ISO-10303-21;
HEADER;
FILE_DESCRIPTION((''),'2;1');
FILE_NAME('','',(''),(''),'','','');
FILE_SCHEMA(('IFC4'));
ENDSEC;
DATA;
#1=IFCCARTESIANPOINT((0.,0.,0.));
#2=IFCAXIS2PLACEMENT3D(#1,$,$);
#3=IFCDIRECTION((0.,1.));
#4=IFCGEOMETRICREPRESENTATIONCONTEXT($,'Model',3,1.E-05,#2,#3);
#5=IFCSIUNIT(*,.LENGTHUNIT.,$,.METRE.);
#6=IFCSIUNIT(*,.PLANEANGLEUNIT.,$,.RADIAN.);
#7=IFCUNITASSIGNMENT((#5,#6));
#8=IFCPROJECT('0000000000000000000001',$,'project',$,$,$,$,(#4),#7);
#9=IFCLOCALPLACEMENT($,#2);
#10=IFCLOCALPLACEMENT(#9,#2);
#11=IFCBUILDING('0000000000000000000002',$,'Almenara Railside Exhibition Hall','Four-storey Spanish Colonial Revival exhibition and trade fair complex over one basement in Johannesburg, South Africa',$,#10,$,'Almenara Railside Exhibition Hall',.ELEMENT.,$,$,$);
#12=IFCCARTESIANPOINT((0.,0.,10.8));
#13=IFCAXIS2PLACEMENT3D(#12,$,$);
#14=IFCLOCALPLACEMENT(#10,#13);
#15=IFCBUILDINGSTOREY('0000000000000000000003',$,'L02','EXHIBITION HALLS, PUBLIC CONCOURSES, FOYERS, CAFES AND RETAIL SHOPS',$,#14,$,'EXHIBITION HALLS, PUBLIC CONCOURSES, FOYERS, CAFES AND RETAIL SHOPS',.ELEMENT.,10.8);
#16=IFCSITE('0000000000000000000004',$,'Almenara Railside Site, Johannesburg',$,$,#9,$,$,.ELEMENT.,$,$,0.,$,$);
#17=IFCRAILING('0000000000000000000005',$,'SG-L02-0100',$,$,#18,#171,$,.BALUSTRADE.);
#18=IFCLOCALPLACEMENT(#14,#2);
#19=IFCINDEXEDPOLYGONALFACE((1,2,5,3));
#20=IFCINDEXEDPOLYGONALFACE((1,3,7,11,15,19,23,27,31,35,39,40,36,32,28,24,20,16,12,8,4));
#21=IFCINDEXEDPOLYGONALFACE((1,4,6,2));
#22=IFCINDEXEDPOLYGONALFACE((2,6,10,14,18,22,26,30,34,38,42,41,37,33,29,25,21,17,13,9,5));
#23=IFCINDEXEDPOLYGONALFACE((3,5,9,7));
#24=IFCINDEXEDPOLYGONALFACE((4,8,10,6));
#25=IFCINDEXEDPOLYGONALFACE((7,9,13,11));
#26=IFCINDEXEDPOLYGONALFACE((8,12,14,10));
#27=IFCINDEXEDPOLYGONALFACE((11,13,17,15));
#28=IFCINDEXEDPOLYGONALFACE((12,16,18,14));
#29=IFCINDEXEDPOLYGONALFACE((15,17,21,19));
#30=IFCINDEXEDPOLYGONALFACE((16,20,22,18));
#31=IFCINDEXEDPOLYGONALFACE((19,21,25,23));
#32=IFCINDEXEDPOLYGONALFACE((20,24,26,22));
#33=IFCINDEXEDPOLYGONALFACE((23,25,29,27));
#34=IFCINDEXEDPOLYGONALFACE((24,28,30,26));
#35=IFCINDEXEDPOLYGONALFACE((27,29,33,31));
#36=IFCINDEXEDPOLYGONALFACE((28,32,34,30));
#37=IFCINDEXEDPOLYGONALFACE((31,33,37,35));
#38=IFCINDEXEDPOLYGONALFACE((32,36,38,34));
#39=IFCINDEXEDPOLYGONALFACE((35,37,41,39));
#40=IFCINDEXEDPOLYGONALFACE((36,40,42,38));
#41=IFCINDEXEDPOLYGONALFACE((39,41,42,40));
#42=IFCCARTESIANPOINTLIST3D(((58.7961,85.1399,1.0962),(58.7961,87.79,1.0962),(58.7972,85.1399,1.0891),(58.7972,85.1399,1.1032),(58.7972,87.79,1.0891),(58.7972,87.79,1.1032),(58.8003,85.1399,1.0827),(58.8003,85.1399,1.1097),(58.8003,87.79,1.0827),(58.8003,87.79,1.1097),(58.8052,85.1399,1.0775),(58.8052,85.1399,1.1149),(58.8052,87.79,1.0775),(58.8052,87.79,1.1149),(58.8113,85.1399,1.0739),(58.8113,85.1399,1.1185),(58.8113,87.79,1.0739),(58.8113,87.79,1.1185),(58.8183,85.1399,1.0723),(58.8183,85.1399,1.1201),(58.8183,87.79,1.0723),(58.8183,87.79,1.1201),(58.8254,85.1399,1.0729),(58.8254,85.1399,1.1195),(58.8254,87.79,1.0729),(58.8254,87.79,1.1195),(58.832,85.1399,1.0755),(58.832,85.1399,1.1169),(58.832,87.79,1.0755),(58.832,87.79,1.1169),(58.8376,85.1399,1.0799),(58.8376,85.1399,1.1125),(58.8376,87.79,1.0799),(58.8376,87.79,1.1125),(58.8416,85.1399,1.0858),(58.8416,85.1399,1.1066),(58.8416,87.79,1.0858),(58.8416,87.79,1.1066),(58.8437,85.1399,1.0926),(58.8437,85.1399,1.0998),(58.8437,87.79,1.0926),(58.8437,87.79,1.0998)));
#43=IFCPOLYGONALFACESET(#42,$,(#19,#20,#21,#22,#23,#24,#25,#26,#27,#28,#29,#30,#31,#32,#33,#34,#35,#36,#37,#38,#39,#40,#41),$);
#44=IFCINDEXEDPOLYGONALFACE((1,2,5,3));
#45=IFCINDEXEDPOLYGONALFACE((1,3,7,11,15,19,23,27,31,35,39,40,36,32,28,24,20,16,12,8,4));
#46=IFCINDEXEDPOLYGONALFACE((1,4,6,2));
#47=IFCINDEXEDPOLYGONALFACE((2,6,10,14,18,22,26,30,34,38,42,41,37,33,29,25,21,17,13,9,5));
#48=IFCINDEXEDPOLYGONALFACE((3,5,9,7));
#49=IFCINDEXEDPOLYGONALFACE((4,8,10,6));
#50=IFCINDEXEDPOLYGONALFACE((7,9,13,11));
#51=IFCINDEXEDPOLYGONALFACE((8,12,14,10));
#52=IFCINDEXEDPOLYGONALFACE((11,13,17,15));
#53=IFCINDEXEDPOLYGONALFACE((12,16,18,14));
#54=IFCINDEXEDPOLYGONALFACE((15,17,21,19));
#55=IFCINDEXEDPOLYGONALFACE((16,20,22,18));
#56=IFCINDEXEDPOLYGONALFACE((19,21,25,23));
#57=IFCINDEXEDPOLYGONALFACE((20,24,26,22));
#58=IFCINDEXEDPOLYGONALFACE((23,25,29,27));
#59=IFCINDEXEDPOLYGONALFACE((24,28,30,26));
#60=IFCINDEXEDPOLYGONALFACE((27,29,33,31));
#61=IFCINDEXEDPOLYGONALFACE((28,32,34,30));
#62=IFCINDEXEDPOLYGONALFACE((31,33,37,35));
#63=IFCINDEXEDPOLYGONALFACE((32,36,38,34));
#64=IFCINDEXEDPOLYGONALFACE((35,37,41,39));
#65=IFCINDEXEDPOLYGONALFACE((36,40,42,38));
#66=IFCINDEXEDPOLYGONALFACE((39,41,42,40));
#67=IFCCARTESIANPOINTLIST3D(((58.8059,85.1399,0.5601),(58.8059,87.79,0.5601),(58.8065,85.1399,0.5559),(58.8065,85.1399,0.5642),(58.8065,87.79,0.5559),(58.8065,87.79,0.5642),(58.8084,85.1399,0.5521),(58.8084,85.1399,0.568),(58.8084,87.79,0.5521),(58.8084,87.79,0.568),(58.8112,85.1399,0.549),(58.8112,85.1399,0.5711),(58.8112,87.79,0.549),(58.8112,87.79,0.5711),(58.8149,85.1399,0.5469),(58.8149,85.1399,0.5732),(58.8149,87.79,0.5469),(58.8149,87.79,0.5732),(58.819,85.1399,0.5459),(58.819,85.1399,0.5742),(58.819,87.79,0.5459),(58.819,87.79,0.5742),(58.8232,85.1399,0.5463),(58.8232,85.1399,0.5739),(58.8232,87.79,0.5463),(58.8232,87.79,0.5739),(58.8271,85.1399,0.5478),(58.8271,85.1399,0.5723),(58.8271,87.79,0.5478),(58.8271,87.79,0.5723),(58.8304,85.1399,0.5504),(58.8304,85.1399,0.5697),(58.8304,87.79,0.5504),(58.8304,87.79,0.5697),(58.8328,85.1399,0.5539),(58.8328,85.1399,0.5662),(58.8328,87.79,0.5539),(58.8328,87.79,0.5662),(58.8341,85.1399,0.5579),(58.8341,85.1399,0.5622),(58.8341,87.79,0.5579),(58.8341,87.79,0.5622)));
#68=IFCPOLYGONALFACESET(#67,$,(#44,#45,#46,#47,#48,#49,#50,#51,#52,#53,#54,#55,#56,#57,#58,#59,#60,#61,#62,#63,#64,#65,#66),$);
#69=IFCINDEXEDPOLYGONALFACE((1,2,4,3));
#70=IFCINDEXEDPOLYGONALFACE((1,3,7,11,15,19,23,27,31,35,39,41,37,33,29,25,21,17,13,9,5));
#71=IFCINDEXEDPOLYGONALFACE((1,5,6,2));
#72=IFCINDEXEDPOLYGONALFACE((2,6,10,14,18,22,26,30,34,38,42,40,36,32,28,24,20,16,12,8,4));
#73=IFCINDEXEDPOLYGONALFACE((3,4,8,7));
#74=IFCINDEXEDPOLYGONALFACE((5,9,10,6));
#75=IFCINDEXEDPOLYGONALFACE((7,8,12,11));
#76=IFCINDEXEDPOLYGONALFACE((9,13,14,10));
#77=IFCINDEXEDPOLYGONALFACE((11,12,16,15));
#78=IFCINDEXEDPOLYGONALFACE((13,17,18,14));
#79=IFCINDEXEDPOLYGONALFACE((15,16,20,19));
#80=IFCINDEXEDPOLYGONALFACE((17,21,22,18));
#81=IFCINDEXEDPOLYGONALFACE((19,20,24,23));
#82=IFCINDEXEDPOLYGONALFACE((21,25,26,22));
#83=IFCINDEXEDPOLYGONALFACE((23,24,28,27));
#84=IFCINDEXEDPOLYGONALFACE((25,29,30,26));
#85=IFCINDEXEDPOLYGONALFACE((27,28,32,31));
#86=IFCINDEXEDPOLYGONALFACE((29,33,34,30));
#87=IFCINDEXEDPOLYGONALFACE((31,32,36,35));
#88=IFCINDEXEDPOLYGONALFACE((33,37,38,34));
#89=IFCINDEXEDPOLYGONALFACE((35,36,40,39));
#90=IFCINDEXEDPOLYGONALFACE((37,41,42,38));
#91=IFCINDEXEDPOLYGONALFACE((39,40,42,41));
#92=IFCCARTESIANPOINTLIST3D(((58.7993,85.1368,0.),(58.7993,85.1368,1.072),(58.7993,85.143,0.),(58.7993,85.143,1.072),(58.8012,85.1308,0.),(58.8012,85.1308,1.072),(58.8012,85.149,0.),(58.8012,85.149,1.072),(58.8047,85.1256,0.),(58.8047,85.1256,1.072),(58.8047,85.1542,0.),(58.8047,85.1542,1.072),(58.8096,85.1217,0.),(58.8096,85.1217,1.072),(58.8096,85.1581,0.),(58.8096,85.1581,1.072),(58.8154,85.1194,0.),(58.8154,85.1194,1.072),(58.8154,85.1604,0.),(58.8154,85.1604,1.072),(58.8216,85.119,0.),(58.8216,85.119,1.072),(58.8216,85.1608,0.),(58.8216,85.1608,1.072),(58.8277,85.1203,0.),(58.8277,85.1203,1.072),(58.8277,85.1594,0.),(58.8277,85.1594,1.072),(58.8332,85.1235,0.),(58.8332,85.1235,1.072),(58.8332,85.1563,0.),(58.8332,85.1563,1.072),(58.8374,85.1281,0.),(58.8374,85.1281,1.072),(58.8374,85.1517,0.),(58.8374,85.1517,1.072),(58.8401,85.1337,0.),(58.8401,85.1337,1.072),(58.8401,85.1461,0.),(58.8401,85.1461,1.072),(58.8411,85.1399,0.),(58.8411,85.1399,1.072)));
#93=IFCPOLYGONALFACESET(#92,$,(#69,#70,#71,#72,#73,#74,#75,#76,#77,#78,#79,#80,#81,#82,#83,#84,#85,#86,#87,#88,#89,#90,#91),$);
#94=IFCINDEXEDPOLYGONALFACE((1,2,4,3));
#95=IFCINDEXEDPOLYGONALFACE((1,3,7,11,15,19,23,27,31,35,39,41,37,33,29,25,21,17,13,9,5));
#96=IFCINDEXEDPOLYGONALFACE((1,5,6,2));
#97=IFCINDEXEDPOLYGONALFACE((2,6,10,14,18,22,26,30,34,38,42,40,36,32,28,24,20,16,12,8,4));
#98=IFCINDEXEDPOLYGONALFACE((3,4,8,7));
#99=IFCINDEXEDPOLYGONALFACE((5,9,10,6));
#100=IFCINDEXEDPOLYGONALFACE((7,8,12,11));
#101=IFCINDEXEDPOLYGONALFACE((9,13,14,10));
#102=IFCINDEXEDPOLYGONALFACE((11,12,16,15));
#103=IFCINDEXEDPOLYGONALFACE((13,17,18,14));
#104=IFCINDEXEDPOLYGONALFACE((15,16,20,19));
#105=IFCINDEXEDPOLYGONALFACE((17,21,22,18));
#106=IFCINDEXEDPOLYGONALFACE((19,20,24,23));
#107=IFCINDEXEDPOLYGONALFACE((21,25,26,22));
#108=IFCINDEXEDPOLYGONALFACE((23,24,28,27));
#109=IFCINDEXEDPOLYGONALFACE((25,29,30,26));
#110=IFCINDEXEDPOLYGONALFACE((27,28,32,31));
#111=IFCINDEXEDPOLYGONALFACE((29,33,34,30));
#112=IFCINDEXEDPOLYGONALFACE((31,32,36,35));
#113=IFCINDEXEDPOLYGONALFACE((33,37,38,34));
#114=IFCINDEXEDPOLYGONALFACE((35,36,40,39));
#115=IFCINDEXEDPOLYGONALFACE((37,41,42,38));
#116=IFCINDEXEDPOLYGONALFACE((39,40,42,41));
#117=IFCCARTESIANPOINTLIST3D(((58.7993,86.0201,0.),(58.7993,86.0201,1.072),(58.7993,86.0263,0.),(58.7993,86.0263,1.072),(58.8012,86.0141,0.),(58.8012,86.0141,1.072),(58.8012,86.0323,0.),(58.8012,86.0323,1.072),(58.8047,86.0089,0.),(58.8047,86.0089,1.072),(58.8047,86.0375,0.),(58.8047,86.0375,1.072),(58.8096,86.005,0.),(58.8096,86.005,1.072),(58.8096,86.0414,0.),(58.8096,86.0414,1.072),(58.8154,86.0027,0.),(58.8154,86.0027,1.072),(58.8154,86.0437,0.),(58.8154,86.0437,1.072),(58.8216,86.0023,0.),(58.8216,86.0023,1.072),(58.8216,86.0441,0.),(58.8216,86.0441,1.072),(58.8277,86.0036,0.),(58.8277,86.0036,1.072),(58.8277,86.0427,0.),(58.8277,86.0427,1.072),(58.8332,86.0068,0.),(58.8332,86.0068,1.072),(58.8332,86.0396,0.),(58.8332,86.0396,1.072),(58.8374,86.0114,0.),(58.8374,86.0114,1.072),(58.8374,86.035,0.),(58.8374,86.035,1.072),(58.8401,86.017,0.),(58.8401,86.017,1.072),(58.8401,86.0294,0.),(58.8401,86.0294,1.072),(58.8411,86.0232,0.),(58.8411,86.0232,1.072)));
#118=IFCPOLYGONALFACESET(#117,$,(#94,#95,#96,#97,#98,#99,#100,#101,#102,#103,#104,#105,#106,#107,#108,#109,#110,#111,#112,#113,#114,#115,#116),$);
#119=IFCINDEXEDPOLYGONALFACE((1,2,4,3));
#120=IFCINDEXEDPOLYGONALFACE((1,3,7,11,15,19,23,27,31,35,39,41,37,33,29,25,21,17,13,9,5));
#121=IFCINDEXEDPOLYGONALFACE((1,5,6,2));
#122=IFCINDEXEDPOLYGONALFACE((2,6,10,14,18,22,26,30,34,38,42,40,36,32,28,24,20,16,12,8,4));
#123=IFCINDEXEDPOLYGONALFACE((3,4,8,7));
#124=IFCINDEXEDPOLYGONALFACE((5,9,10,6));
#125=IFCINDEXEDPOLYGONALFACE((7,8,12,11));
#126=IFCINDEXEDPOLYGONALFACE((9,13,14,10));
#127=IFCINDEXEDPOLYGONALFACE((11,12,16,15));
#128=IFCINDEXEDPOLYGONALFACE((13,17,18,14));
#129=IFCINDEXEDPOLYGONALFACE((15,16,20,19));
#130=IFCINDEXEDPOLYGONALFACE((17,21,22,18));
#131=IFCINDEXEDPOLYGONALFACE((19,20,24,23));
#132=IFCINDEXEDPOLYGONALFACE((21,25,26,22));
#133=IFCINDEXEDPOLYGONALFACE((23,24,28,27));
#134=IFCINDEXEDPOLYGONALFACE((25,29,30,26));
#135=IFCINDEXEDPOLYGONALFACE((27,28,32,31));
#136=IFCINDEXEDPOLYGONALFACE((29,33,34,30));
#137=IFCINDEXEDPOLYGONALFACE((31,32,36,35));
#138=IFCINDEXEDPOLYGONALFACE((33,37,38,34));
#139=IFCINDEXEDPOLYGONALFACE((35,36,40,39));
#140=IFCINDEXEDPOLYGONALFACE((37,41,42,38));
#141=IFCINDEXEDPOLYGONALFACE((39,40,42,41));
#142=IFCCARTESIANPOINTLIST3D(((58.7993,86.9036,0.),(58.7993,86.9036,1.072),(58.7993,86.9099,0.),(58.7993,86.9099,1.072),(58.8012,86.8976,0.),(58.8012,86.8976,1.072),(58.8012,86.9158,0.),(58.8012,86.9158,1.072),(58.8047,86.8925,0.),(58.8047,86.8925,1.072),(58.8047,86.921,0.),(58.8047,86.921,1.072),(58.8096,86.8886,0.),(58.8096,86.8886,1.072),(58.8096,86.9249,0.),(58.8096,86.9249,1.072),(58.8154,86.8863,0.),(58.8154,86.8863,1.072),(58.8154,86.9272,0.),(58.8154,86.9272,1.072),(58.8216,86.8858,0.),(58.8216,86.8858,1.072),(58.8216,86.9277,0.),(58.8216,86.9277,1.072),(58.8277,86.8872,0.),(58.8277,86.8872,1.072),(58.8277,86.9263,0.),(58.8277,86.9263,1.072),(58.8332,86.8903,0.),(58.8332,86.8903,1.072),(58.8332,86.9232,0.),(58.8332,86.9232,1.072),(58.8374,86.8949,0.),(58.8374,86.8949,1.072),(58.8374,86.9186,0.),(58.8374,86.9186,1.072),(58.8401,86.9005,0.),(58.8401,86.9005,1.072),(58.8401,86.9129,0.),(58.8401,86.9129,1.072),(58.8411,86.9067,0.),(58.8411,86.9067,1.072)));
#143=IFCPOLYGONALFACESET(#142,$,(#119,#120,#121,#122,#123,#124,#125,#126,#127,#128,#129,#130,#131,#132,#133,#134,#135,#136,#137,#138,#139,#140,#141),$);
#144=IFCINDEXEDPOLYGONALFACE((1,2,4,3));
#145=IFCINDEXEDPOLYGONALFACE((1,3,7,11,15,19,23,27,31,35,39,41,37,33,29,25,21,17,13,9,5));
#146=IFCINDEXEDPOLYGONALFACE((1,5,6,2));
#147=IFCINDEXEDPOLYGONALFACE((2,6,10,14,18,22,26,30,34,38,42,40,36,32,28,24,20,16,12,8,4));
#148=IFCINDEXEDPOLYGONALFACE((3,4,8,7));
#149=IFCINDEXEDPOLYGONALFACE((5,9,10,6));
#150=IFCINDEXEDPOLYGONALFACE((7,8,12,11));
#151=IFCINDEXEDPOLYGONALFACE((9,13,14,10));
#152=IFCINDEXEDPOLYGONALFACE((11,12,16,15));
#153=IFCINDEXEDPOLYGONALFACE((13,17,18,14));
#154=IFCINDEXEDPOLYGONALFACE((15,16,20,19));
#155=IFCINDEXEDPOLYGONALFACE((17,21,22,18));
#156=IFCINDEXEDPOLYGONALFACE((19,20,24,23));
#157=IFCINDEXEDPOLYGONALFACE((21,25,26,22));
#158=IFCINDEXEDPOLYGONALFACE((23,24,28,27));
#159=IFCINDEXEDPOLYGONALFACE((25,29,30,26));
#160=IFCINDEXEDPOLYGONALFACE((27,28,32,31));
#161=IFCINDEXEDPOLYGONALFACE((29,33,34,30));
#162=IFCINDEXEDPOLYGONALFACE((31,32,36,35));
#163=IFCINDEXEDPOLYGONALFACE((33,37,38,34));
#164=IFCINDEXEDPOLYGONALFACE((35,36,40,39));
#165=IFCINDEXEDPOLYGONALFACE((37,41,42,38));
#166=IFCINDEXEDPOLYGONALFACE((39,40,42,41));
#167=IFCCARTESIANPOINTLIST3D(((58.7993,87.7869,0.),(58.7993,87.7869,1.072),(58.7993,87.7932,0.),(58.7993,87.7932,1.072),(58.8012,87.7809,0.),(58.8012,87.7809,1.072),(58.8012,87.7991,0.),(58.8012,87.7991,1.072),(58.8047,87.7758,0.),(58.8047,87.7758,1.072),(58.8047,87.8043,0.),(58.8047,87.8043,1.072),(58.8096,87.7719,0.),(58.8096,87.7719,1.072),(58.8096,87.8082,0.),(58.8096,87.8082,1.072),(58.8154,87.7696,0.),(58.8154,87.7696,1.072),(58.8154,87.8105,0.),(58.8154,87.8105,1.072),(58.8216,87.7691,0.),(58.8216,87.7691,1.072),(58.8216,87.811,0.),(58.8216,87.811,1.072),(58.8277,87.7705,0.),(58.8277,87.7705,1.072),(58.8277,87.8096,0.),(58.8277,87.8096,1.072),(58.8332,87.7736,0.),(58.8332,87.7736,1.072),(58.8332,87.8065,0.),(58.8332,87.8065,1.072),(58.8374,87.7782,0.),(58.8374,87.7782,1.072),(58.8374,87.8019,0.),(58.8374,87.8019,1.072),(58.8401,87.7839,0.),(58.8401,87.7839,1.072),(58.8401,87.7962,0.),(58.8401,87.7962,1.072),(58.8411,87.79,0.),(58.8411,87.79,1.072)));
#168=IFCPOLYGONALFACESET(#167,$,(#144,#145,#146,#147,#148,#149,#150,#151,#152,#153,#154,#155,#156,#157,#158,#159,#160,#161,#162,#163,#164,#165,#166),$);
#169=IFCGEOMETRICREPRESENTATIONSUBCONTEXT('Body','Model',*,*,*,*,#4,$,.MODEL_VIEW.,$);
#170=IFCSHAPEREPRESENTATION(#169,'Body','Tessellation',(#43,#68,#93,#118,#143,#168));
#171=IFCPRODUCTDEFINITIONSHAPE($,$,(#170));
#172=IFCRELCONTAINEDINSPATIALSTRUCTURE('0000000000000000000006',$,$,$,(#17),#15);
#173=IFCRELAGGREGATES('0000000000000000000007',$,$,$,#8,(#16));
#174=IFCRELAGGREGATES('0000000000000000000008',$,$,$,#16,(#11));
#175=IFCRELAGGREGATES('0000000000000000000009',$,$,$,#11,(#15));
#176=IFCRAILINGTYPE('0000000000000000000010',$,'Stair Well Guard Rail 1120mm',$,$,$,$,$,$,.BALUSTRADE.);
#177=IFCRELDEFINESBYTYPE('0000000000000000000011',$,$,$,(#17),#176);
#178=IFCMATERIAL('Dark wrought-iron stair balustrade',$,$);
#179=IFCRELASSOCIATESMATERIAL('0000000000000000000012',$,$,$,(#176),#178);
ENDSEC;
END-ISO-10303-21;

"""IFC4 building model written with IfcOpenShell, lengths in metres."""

from ifc_helpers import new_model, si_unit, direction, frame, origin, origin_2d, place, context, subcontext, project, spatial, circle, extrude, material, type_object, element, save


model = new_model("IFC4")

# Units and contexts
model_context = context("Model", 3, precision=1e-05, world=origin(), true_north=direction((0.0, 1.0)))
body_context = subcontext(model_context, "Body", "Model", "MODEL_VIEW")
ifc_project = project(units=[si_unit("LENGTHUNIT", "METRE"), si_unit("PLANEANGLEUNIT", "RADIAN")], contexts=[model_context])

# Site, building, storey
site_placement = place(None, origin())
site = spatial("IfcSite", under=ifc_project, at=site_placement, Name="Almenara Railside Site, Johannesburg", CompositionType="ELEMENT", RefElevation=0.0)
building_placement = place(site_placement, origin())
building = spatial("IfcBuilding", under=site, at=building_placement, Name="Almenara Railside Exhibition Hall", Description="Four-storey Spanish Colonial Revival exhibition and trade fair complex over one basement in Johannesburg, South Africa", LongName="Almenara Railside Exhibition Hall", CompositionType="ELEMENT")
storey_placement = place(building_placement, frame((0.0, 0.0, 10.8)))
storey = spatial("IfcBuildingStorey", under=building, at=storey_placement, Name="L02", Description="EXHIBITION HALLS, PUBLIC CONCOURSES, FOYERS, CAFES AND RETAIL SHOPS", LongName="EXHIBITION HALLS, PUBLIC CONCOURSES, FOYERS, CAFES AND RETAIL SHOPS", CompositionType="ELEMENT", Elevation=10.8)

# Railing
ifc_material_1 = material(Name="Dark wrought-iron stair balustrade")
railing_type = type_object("IfcRailingType", Name="Stair Well Guard Rail 1120mm", PredefinedType="BALUSTRADE", material=ifc_material_1)
railing_placement = place(storey_placement, frame((58.8201, 85.1399, 0.0)))
element("IfcRailing", 1, at=railing_placement, inside=storey, type_object=railing_type, Name="SG-L02-0100", PredefinedType="BALUSTRADE", context=body_context, shape_type="SweptSolid", body=[
    extrude(circle(Radius=0.0239, at=origin_2d()), frame((0.0, 0.0, 1.0962), z_axis=(0.0, 1.0, 0.0), x_axis=(-1.0, 0.0, 0.0)), (0.0, 0.0, 1.0), 2.6501),
    extrude(circle(Radius=0.0142, at=origin_2d()), frame((0.0, 0.0, 0.5601), z_axis=(0.0, 1.0, 0.0), x_axis=(-1.0, 0.0, 0.0)), (0.0, 0.0, 1.0), 2.6501),
    extrude(circle(Radius=0.021, at=origin_2d()), origin(), (0.0, 0.0, 1.0), 1.072),
    extrude(circle(Radius=0.021, at=origin_2d()), frame((0.0, 0.8833, 0.0)), (0.0, 0.0, 1.0), 1.072),
    extrude(circle(Radius=0.021, at=origin_2d()), frame((0.0, 1.7668, 0.0)), (0.0, 0.0, 1.0), 1.072),
    extrude(circle(Radius=0.021, at=origin_2d()), frame((0.0, 2.6501, 0.0)), (0.0, 0.0, 1.0), 1.072),
])

save(model, "model.ifc")
